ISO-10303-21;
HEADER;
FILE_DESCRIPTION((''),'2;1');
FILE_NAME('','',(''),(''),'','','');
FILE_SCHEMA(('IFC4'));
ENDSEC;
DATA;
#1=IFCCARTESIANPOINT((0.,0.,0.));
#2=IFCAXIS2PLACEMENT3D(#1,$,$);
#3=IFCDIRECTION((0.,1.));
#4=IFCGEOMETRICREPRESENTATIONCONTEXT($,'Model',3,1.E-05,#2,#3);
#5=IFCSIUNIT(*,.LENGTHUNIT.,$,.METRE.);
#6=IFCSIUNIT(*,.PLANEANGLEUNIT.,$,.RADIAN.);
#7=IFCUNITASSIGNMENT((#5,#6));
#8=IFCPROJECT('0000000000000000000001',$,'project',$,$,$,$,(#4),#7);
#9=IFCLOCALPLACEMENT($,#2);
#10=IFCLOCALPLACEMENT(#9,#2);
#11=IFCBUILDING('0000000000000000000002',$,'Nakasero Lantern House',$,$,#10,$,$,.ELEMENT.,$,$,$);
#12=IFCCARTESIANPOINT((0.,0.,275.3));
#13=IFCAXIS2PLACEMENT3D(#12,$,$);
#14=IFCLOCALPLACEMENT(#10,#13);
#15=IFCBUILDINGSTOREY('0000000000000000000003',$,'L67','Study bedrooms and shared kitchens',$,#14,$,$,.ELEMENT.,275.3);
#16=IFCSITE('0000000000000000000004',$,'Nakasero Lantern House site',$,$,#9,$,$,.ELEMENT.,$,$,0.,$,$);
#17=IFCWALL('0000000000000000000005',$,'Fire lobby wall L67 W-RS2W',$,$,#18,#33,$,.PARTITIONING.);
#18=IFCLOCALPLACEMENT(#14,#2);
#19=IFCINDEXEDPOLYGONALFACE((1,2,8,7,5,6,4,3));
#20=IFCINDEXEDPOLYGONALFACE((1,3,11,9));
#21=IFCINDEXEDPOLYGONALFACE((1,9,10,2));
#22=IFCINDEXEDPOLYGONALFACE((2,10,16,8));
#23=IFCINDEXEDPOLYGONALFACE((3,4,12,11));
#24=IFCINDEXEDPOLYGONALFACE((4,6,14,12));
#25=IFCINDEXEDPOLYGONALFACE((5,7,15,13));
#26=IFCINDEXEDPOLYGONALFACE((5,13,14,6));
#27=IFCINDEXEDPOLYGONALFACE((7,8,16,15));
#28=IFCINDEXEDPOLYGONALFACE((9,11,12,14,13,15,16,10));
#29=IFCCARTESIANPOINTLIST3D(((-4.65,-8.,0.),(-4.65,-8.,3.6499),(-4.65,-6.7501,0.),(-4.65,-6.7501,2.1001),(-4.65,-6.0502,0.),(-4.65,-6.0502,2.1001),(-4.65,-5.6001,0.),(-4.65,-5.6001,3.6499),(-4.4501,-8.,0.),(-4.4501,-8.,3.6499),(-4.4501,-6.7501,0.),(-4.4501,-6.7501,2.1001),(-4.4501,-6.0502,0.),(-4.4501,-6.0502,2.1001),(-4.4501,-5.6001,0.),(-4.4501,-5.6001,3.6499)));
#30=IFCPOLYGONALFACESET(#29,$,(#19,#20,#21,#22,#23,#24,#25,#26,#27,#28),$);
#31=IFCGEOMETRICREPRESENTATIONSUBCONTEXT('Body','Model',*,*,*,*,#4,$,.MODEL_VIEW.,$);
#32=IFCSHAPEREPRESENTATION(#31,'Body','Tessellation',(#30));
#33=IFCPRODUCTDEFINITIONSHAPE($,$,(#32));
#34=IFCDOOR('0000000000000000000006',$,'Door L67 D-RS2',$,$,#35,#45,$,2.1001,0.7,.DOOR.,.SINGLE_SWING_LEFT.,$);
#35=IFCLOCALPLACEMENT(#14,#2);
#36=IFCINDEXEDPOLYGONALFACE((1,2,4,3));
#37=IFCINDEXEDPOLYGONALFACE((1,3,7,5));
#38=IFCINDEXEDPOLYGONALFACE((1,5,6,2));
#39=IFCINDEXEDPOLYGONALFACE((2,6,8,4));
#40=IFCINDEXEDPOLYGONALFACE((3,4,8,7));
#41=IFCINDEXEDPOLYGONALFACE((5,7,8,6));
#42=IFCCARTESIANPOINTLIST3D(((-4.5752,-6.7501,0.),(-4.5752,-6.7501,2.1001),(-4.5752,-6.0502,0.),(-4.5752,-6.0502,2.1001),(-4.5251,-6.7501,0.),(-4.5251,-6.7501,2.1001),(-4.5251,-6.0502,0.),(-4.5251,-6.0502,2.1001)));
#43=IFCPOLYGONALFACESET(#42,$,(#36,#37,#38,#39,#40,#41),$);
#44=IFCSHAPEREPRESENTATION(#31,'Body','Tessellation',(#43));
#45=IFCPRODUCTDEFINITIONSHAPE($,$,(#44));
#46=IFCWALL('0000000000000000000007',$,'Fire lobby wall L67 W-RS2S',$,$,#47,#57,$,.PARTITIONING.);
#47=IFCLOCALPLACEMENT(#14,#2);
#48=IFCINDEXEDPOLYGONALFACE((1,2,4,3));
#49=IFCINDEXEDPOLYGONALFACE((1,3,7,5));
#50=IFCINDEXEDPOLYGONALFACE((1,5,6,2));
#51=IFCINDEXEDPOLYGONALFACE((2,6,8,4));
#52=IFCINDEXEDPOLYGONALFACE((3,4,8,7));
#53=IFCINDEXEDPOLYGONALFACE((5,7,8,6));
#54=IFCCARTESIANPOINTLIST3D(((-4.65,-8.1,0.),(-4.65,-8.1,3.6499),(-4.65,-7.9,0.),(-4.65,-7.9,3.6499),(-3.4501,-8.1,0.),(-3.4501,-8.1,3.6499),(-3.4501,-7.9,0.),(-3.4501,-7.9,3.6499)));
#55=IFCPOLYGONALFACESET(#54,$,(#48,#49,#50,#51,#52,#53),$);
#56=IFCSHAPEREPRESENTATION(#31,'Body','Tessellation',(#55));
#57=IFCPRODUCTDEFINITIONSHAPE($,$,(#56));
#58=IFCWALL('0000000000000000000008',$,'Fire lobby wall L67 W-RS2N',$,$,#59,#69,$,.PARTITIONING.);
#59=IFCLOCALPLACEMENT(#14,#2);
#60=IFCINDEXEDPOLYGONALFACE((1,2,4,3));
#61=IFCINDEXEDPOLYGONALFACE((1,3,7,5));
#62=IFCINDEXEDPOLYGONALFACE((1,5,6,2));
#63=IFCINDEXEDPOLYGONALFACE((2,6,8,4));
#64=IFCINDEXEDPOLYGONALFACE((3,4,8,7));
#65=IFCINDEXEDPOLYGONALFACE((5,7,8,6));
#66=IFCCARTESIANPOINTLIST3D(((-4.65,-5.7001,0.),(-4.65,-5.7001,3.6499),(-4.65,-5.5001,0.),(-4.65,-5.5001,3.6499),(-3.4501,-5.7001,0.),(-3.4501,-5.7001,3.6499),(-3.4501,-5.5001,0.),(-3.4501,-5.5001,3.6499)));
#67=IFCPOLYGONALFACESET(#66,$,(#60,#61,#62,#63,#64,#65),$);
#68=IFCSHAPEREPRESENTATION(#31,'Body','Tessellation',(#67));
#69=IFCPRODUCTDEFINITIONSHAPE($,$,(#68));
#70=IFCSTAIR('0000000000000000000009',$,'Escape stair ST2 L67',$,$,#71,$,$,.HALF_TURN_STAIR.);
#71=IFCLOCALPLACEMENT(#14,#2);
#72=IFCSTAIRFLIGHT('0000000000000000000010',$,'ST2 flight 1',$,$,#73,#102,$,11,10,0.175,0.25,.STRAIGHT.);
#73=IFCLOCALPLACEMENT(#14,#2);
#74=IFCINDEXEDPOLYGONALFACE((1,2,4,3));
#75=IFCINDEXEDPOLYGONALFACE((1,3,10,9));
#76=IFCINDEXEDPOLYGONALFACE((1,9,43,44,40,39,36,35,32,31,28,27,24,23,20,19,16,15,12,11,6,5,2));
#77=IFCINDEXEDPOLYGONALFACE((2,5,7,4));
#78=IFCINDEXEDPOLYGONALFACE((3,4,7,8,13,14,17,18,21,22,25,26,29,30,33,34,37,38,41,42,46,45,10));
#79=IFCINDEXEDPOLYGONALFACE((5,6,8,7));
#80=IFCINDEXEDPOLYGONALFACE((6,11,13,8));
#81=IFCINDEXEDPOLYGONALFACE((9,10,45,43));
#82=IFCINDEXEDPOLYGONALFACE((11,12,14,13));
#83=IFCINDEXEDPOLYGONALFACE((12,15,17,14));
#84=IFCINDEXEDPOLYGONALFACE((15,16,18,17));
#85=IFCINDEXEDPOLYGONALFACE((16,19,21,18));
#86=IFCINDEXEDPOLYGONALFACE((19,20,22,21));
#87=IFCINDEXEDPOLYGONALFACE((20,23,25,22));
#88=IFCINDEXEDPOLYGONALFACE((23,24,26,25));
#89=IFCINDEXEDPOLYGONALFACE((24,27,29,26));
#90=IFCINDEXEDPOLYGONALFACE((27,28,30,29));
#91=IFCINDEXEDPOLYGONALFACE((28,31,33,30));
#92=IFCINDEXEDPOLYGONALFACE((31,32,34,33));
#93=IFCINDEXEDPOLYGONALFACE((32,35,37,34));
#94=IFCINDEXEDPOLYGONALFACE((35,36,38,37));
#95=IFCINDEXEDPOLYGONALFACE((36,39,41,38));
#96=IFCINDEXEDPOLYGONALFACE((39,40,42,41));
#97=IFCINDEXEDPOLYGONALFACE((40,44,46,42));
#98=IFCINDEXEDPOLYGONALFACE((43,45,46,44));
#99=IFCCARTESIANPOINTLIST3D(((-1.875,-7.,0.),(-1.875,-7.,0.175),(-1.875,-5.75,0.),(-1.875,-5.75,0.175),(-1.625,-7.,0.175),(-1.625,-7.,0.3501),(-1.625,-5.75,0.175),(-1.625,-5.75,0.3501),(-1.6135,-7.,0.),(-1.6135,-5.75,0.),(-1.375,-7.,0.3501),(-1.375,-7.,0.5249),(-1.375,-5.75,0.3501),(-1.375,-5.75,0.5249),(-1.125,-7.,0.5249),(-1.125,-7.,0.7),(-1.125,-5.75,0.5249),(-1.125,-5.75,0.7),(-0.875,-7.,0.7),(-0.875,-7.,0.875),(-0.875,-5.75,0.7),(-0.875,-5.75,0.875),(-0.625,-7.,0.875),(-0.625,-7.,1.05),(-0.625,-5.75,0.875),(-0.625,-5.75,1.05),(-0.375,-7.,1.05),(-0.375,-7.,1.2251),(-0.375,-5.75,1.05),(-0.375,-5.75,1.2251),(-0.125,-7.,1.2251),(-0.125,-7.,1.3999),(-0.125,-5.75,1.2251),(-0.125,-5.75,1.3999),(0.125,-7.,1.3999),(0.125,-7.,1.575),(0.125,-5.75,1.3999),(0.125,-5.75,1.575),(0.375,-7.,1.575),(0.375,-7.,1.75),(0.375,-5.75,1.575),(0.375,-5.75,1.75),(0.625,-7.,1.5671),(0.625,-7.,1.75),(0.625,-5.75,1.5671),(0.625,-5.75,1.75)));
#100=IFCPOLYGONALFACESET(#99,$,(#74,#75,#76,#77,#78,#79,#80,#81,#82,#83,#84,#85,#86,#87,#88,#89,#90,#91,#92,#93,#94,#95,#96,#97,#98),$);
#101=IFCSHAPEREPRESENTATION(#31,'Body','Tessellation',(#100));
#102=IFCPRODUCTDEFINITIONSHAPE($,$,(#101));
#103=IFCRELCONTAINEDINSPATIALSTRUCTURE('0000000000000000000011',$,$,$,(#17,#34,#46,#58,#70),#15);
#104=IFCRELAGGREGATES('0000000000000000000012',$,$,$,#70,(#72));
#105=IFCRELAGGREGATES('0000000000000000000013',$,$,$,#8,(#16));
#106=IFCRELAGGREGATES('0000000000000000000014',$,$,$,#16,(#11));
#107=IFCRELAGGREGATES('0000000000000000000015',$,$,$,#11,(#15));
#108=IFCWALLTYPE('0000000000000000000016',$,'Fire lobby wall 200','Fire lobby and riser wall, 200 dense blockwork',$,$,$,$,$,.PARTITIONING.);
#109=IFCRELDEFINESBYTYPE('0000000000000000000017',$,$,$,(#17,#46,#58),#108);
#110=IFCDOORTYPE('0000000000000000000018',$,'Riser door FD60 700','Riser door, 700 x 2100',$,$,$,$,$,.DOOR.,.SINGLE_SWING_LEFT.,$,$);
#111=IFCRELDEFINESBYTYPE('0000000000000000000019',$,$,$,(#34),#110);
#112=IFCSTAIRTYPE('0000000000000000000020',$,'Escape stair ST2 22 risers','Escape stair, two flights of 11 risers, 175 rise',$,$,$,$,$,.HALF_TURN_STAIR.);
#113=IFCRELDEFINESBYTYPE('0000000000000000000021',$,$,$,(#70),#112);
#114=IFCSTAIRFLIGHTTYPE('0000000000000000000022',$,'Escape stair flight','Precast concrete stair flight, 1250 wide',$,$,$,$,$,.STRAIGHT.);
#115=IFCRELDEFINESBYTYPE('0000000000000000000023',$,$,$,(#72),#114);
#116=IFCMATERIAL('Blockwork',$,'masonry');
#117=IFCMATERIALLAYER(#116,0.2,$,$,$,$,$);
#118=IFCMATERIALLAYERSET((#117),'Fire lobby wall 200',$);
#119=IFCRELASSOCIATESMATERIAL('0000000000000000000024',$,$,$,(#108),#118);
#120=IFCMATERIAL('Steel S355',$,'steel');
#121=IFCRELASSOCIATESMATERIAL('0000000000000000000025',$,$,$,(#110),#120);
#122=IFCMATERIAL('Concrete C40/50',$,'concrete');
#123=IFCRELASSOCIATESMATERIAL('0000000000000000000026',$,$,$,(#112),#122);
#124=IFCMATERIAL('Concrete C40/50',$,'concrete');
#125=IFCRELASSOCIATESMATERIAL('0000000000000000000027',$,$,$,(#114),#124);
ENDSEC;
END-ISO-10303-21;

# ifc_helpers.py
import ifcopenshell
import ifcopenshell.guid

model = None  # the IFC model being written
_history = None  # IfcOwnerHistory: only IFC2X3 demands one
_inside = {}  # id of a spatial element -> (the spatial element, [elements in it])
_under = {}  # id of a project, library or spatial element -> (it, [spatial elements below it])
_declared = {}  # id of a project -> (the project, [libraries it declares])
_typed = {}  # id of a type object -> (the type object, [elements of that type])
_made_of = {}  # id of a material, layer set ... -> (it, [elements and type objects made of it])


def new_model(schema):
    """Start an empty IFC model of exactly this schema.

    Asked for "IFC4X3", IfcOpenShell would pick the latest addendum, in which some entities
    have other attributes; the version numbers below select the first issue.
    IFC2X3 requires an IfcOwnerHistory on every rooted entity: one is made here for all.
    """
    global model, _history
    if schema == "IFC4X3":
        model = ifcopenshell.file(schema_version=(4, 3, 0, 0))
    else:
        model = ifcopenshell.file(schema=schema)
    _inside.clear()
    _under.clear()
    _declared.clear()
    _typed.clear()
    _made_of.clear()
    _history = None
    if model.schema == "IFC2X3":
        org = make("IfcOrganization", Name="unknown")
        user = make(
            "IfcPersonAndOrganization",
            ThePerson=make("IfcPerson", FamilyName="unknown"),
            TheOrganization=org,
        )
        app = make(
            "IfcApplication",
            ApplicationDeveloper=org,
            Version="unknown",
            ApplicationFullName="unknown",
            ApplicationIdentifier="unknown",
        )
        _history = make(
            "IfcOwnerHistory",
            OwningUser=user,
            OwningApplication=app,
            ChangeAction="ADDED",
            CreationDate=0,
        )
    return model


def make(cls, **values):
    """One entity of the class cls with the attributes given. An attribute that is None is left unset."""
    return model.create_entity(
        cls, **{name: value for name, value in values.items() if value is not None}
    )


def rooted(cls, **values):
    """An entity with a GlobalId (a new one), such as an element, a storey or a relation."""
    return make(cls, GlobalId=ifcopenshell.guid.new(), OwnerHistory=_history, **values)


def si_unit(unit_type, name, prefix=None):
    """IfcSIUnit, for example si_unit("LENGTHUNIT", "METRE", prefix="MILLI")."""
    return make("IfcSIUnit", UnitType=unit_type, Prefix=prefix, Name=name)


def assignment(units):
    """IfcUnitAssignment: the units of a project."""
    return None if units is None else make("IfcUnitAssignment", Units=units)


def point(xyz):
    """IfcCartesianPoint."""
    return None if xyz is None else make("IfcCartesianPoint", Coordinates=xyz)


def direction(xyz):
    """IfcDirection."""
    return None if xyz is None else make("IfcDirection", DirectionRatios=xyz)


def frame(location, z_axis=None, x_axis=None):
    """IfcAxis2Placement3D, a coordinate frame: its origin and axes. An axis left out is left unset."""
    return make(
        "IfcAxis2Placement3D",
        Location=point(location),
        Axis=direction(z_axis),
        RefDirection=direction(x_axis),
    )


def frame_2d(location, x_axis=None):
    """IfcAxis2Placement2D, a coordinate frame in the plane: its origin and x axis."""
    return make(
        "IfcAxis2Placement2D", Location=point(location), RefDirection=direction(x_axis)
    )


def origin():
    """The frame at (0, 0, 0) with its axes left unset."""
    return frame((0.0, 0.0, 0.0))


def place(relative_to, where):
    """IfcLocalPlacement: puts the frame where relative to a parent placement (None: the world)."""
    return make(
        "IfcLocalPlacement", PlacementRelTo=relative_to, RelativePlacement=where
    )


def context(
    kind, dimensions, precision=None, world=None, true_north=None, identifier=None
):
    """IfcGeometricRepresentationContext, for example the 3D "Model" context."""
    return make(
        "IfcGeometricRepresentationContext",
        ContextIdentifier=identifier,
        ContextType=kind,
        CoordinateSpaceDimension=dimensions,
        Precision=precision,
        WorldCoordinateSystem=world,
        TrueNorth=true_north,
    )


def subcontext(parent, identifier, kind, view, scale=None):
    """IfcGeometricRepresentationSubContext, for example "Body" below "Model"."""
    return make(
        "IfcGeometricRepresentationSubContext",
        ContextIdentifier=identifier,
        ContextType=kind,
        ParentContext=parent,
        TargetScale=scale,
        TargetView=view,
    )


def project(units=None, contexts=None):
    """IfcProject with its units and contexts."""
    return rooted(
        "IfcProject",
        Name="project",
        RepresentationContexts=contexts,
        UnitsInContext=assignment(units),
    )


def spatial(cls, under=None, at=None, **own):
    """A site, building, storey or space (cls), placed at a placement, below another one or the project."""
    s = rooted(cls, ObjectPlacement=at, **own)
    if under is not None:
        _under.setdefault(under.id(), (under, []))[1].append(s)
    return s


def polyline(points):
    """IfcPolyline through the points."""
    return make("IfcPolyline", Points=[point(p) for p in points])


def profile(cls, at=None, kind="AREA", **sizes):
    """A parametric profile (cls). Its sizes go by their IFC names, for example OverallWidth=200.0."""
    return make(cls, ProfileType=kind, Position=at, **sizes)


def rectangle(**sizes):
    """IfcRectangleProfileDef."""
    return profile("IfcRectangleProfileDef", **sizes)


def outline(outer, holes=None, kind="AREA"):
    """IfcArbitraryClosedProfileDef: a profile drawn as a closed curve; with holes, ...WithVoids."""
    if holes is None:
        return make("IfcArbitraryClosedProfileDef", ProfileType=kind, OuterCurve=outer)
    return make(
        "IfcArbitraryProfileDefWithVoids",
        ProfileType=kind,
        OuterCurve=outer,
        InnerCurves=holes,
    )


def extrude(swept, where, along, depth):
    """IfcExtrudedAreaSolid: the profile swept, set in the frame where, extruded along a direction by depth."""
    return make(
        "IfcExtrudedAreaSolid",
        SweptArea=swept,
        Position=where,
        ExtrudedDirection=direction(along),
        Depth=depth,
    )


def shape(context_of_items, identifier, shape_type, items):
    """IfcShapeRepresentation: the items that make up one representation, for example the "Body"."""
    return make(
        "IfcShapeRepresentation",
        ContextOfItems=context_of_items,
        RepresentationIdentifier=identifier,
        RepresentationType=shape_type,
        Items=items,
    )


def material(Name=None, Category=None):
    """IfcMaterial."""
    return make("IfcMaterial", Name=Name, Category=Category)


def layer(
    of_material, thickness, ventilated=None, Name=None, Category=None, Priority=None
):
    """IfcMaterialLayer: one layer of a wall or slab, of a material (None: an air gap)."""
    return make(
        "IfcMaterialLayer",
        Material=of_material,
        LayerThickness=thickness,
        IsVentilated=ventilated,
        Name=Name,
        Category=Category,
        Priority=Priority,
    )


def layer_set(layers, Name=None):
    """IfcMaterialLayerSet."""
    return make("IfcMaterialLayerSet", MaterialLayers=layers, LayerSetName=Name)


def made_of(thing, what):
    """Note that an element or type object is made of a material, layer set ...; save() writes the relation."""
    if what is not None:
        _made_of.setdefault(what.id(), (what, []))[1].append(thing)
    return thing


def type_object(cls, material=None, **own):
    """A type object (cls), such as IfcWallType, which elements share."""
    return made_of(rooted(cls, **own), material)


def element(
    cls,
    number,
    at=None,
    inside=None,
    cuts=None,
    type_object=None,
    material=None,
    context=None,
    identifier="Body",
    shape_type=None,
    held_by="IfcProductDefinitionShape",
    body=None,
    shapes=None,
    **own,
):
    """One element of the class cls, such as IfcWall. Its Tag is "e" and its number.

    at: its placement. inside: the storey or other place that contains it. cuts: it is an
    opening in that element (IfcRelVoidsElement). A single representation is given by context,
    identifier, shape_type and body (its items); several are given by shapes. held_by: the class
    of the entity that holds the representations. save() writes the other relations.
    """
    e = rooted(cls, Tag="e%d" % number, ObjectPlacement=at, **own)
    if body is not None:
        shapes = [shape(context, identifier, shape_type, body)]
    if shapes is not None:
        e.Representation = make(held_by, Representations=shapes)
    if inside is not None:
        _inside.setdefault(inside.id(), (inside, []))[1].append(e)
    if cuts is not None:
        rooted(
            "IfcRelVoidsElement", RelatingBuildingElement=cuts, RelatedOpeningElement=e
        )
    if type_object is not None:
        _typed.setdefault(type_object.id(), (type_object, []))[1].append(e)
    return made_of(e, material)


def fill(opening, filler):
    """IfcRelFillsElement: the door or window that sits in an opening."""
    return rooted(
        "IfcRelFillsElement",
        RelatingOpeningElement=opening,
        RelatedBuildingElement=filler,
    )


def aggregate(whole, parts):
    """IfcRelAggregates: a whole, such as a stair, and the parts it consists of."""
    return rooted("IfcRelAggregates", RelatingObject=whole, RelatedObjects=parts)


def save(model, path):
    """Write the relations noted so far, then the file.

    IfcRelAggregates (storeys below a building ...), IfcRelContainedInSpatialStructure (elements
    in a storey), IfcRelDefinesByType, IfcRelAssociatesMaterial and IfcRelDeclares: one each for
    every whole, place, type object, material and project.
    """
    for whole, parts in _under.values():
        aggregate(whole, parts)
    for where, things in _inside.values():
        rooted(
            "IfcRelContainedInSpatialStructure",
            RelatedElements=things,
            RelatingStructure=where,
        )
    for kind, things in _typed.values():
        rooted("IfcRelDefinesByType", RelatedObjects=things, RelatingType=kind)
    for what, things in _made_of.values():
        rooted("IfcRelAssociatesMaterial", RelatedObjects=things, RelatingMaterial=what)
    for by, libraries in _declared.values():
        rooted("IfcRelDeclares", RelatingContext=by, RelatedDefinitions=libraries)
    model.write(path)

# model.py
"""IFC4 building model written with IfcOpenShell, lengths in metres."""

from ifc_helpers import new_model, si_unit, direction, frame, frame_2d, origin, place, context, subcontext, project, spatial, polyline, rectangle, outline, extrude, material, layer, layer_set, type_object, element, fill, aggregate, save


model = new_model("IFC4")

# Units and contexts
model_context = context("Model", 3, precision=1e-05, world=origin(), true_north=direction((0.0, 1.0)))
body_context = subcontext(model_context, "Body", "Model", "MODEL_VIEW")
ifc_project = project(units=[si_unit("LENGTHUNIT", "METRE"), si_unit("PLANEANGLEUNIT", "RADIAN")], contexts=[model_context])

# Site, building, storey
site_placement = place(None, origin())
site = spatial("IfcSite", under=ifc_project, at=site_placement, Name="Nakasero Lantern House site", CompositionType="ELEMENT", RefElevation=0.0)
building_placement = place(site_placement, origin())
building = spatial("IfcBuilding", under=site, at=building_placement, Name="Nakasero Lantern House", CompositionType="ELEMENT")
storey_placement = place(building_placement, frame((0.0, 0.0, 275.3)))
storey = spatial("IfcBuildingStorey", under=building, at=storey_placement, Name="L67", Description="Study bedrooms and shared kitchens", CompositionType="ELEMENT", Elevation=275.3)

# Wall, opening, door
ifc_material_1 = material(Name="Blockwork", Category="masonry")
ifc_layer_1 = layer(ifc_material_1, 0.2)
ifc_layer_set_1 = layer_set([ifc_layer_1], Name="Fire lobby wall 200")
wall_type_1 = type_object("IfcWallType", Name="Fire lobby wall 200", Description="Fire lobby and riser wall, 200 dense blockwork", PredefinedType="PARTITIONING", material=ifc_layer_set_1)
wall_1_placement = place(storey_placement, frame((-4.55, -5.6001, 0.0), z_axis=(0.0, 0.0, 1.0), x_axis=(0.0, -1.0, 0.0)))
wall_1 = element("IfcWall", 1, at=wall_1_placement, inside=storey, type_object=wall_type_1, Name="Fire lobby wall L67 W-RS2W", PredefinedType="PARTITIONING", context=body_context, shape_type="SweptSolid", body=[
    extrude(rectangle(XDim=2.3999, YDim=0.2, at=frame_2d((1.2, 0.0))), origin(), (0.0, 0.0, 1.0), 3.6499),
])
opening_1_placement = place(wall_1_placement, frame((0.45, 0.0, 0.0)))
opening_1 = element("IfcOpeningElement", 2, at=opening_1_placement, cuts=wall_1, PredefinedType="OPENING", context=body_context, shape_type="SweptSolid", body=[
    extrude(rectangle(XDim=0.7, YDim=2.1001, at=frame_2d((0.3501, 1.05))), frame((0.0, 0.1199, 0.0), z_axis=(0.0, -1.0, 0.0), x_axis=(1.0, 0.0, 0.0)), (0.0, 0.0, 1.0), 0.24),
])
ifc_material_2 = material(Name="Steel S355", Category="steel")
door_type_1 = type_object("IfcDoorType", Name="Riser door FD60 700", Description="Riser door, 700 x 2100", OperationType="SINGLE_SWING_LEFT", PredefinedType="DOOR", material=ifc_material_2)
door_1_placement = place(opening_1_placement, origin())
door_1 = element("IfcDoor", 3, at=door_1_placement, inside=storey, type_object=door_type_1, Name="Door L67 D-RS2", OperationType="SINGLE_SWING_LEFT", OverallHeight=2.1001, OverallWidth=0.7, PredefinedType="DOOR", context=body_context, shape_type="SweptSolid", body=[
    extrude(rectangle(XDim=0.7, YDim=2.1001, at=frame_2d((0.3501, 1.05))), frame((0.0, 0.0249, 0.0), z_axis=(0.0, -1.0, 0.0), x_axis=(1.0, 0.0, 0.0)), (0.0, 0.0, 1.0), 0.05),
])
fill(opening_1, door_1)

# Walls
for number, where, z_axis, x_axis, name in (
    (4, (-3.45, -8.0, 0.0), (0.0, 0.0, 1.0), (-1.0, 0.0, 0.0), "Fire lobby wall L67 W-RS2S"),
    (5, (-3.45, -5.6001, 0.0), (0.0, 0.0, 1.0), (-1.0, 0.0, 0.0), "Fire lobby wall L67 W-RS2N"),
):
    element("IfcWall", number, at=place(storey_placement, frame(where, z_axis=z_axis, x_axis=x_axis)), inside=storey, type_object=wall_type_1, Name=name, PredefinedType="PARTITIONING", context=body_context, shape_type="SweptSolid", body=[
        extrude(rectangle(XDim=1.2, YDim=0.2, at=frame_2d((0.6001, 0.0))), origin(), (0.0, 0.0, 1.0), 3.6499),
    ])

# Stair, stair flight
ifc_material_3 = material(Name="Concrete C40/50", Category="concrete")
stair_type = type_object("IfcStairType", Name="Escape stair ST2 22 risers", Description="Escape stair, two flights of 11 risers, 175 rise", PredefinedType="HALF_TURN_STAIR", material=ifc_material_3)
stair_placement = place(storey_placement, origin())
stair = element("IfcStair", 6, at=stair_placement, inside=storey, type_object=stair_type, Name="Escape stair ST2 L67", PredefinedType="HALF_TURN_STAIR")
ifc_material_4 = material(Name="Concrete C40/50", Category="concrete")
stair_flight_type = type_object("IfcStairFlightType", Name="Escape stair flight", Description="Precast concrete stair flight, 1250 wide", PredefinedType="STRAIGHT", material=ifc_material_4)
stair_flight_placement = place(storey_placement, frame((-1.875, -6.375, 0.0), z_axis=(0.0, 0.0, 1.0), x_axis=(1.0, 0.0, 0.0)))
stair_flight = element("IfcStairFlight", 7, at=stair_flight_placement, type_object=stair_flight_type, Name="ST2 flight 1", NumberOfRisers=11, NumberOfTreads=10, PredefinedType="STRAIGHT", RiserHeight=0.175, TreadLength=0.25, context=body_context, shape_type="SweptSolid", body=[
    extrude(outline(polyline([(0.0, 0.0), (0.0, 0.175), (0.25, 0.175), (0.25, 0.3501), (0.5, 0.3501), (0.5, 0.5249), (0.75, 0.5249), (0.75, 0.7), (1.0, 0.7), (1.0, 0.875), (1.25, 0.875), (1.25, 1.05), (1.5, 1.05), (1.5, 1.2251), (1.75, 1.2251), (1.75, 1.3999), (2.0, 1.3999), (2.0, 1.575), (2.25, 1.575), (2.25, 1.75), (2.5, 1.75), (2.5, 1.925), (2.5, 1.5671), (0.2615, 0.0), (0.0, 0.0)])), frame((0.0, 0.625, 0.0), z_axis=(0.0, -1.0, 0.0), x_axis=(1.0, 0.0, 0.0)), (0.0, 0.0, 1.0), 1.25),
])
aggregate(stair, [stair_flight])

save(model, "model.ifc")
